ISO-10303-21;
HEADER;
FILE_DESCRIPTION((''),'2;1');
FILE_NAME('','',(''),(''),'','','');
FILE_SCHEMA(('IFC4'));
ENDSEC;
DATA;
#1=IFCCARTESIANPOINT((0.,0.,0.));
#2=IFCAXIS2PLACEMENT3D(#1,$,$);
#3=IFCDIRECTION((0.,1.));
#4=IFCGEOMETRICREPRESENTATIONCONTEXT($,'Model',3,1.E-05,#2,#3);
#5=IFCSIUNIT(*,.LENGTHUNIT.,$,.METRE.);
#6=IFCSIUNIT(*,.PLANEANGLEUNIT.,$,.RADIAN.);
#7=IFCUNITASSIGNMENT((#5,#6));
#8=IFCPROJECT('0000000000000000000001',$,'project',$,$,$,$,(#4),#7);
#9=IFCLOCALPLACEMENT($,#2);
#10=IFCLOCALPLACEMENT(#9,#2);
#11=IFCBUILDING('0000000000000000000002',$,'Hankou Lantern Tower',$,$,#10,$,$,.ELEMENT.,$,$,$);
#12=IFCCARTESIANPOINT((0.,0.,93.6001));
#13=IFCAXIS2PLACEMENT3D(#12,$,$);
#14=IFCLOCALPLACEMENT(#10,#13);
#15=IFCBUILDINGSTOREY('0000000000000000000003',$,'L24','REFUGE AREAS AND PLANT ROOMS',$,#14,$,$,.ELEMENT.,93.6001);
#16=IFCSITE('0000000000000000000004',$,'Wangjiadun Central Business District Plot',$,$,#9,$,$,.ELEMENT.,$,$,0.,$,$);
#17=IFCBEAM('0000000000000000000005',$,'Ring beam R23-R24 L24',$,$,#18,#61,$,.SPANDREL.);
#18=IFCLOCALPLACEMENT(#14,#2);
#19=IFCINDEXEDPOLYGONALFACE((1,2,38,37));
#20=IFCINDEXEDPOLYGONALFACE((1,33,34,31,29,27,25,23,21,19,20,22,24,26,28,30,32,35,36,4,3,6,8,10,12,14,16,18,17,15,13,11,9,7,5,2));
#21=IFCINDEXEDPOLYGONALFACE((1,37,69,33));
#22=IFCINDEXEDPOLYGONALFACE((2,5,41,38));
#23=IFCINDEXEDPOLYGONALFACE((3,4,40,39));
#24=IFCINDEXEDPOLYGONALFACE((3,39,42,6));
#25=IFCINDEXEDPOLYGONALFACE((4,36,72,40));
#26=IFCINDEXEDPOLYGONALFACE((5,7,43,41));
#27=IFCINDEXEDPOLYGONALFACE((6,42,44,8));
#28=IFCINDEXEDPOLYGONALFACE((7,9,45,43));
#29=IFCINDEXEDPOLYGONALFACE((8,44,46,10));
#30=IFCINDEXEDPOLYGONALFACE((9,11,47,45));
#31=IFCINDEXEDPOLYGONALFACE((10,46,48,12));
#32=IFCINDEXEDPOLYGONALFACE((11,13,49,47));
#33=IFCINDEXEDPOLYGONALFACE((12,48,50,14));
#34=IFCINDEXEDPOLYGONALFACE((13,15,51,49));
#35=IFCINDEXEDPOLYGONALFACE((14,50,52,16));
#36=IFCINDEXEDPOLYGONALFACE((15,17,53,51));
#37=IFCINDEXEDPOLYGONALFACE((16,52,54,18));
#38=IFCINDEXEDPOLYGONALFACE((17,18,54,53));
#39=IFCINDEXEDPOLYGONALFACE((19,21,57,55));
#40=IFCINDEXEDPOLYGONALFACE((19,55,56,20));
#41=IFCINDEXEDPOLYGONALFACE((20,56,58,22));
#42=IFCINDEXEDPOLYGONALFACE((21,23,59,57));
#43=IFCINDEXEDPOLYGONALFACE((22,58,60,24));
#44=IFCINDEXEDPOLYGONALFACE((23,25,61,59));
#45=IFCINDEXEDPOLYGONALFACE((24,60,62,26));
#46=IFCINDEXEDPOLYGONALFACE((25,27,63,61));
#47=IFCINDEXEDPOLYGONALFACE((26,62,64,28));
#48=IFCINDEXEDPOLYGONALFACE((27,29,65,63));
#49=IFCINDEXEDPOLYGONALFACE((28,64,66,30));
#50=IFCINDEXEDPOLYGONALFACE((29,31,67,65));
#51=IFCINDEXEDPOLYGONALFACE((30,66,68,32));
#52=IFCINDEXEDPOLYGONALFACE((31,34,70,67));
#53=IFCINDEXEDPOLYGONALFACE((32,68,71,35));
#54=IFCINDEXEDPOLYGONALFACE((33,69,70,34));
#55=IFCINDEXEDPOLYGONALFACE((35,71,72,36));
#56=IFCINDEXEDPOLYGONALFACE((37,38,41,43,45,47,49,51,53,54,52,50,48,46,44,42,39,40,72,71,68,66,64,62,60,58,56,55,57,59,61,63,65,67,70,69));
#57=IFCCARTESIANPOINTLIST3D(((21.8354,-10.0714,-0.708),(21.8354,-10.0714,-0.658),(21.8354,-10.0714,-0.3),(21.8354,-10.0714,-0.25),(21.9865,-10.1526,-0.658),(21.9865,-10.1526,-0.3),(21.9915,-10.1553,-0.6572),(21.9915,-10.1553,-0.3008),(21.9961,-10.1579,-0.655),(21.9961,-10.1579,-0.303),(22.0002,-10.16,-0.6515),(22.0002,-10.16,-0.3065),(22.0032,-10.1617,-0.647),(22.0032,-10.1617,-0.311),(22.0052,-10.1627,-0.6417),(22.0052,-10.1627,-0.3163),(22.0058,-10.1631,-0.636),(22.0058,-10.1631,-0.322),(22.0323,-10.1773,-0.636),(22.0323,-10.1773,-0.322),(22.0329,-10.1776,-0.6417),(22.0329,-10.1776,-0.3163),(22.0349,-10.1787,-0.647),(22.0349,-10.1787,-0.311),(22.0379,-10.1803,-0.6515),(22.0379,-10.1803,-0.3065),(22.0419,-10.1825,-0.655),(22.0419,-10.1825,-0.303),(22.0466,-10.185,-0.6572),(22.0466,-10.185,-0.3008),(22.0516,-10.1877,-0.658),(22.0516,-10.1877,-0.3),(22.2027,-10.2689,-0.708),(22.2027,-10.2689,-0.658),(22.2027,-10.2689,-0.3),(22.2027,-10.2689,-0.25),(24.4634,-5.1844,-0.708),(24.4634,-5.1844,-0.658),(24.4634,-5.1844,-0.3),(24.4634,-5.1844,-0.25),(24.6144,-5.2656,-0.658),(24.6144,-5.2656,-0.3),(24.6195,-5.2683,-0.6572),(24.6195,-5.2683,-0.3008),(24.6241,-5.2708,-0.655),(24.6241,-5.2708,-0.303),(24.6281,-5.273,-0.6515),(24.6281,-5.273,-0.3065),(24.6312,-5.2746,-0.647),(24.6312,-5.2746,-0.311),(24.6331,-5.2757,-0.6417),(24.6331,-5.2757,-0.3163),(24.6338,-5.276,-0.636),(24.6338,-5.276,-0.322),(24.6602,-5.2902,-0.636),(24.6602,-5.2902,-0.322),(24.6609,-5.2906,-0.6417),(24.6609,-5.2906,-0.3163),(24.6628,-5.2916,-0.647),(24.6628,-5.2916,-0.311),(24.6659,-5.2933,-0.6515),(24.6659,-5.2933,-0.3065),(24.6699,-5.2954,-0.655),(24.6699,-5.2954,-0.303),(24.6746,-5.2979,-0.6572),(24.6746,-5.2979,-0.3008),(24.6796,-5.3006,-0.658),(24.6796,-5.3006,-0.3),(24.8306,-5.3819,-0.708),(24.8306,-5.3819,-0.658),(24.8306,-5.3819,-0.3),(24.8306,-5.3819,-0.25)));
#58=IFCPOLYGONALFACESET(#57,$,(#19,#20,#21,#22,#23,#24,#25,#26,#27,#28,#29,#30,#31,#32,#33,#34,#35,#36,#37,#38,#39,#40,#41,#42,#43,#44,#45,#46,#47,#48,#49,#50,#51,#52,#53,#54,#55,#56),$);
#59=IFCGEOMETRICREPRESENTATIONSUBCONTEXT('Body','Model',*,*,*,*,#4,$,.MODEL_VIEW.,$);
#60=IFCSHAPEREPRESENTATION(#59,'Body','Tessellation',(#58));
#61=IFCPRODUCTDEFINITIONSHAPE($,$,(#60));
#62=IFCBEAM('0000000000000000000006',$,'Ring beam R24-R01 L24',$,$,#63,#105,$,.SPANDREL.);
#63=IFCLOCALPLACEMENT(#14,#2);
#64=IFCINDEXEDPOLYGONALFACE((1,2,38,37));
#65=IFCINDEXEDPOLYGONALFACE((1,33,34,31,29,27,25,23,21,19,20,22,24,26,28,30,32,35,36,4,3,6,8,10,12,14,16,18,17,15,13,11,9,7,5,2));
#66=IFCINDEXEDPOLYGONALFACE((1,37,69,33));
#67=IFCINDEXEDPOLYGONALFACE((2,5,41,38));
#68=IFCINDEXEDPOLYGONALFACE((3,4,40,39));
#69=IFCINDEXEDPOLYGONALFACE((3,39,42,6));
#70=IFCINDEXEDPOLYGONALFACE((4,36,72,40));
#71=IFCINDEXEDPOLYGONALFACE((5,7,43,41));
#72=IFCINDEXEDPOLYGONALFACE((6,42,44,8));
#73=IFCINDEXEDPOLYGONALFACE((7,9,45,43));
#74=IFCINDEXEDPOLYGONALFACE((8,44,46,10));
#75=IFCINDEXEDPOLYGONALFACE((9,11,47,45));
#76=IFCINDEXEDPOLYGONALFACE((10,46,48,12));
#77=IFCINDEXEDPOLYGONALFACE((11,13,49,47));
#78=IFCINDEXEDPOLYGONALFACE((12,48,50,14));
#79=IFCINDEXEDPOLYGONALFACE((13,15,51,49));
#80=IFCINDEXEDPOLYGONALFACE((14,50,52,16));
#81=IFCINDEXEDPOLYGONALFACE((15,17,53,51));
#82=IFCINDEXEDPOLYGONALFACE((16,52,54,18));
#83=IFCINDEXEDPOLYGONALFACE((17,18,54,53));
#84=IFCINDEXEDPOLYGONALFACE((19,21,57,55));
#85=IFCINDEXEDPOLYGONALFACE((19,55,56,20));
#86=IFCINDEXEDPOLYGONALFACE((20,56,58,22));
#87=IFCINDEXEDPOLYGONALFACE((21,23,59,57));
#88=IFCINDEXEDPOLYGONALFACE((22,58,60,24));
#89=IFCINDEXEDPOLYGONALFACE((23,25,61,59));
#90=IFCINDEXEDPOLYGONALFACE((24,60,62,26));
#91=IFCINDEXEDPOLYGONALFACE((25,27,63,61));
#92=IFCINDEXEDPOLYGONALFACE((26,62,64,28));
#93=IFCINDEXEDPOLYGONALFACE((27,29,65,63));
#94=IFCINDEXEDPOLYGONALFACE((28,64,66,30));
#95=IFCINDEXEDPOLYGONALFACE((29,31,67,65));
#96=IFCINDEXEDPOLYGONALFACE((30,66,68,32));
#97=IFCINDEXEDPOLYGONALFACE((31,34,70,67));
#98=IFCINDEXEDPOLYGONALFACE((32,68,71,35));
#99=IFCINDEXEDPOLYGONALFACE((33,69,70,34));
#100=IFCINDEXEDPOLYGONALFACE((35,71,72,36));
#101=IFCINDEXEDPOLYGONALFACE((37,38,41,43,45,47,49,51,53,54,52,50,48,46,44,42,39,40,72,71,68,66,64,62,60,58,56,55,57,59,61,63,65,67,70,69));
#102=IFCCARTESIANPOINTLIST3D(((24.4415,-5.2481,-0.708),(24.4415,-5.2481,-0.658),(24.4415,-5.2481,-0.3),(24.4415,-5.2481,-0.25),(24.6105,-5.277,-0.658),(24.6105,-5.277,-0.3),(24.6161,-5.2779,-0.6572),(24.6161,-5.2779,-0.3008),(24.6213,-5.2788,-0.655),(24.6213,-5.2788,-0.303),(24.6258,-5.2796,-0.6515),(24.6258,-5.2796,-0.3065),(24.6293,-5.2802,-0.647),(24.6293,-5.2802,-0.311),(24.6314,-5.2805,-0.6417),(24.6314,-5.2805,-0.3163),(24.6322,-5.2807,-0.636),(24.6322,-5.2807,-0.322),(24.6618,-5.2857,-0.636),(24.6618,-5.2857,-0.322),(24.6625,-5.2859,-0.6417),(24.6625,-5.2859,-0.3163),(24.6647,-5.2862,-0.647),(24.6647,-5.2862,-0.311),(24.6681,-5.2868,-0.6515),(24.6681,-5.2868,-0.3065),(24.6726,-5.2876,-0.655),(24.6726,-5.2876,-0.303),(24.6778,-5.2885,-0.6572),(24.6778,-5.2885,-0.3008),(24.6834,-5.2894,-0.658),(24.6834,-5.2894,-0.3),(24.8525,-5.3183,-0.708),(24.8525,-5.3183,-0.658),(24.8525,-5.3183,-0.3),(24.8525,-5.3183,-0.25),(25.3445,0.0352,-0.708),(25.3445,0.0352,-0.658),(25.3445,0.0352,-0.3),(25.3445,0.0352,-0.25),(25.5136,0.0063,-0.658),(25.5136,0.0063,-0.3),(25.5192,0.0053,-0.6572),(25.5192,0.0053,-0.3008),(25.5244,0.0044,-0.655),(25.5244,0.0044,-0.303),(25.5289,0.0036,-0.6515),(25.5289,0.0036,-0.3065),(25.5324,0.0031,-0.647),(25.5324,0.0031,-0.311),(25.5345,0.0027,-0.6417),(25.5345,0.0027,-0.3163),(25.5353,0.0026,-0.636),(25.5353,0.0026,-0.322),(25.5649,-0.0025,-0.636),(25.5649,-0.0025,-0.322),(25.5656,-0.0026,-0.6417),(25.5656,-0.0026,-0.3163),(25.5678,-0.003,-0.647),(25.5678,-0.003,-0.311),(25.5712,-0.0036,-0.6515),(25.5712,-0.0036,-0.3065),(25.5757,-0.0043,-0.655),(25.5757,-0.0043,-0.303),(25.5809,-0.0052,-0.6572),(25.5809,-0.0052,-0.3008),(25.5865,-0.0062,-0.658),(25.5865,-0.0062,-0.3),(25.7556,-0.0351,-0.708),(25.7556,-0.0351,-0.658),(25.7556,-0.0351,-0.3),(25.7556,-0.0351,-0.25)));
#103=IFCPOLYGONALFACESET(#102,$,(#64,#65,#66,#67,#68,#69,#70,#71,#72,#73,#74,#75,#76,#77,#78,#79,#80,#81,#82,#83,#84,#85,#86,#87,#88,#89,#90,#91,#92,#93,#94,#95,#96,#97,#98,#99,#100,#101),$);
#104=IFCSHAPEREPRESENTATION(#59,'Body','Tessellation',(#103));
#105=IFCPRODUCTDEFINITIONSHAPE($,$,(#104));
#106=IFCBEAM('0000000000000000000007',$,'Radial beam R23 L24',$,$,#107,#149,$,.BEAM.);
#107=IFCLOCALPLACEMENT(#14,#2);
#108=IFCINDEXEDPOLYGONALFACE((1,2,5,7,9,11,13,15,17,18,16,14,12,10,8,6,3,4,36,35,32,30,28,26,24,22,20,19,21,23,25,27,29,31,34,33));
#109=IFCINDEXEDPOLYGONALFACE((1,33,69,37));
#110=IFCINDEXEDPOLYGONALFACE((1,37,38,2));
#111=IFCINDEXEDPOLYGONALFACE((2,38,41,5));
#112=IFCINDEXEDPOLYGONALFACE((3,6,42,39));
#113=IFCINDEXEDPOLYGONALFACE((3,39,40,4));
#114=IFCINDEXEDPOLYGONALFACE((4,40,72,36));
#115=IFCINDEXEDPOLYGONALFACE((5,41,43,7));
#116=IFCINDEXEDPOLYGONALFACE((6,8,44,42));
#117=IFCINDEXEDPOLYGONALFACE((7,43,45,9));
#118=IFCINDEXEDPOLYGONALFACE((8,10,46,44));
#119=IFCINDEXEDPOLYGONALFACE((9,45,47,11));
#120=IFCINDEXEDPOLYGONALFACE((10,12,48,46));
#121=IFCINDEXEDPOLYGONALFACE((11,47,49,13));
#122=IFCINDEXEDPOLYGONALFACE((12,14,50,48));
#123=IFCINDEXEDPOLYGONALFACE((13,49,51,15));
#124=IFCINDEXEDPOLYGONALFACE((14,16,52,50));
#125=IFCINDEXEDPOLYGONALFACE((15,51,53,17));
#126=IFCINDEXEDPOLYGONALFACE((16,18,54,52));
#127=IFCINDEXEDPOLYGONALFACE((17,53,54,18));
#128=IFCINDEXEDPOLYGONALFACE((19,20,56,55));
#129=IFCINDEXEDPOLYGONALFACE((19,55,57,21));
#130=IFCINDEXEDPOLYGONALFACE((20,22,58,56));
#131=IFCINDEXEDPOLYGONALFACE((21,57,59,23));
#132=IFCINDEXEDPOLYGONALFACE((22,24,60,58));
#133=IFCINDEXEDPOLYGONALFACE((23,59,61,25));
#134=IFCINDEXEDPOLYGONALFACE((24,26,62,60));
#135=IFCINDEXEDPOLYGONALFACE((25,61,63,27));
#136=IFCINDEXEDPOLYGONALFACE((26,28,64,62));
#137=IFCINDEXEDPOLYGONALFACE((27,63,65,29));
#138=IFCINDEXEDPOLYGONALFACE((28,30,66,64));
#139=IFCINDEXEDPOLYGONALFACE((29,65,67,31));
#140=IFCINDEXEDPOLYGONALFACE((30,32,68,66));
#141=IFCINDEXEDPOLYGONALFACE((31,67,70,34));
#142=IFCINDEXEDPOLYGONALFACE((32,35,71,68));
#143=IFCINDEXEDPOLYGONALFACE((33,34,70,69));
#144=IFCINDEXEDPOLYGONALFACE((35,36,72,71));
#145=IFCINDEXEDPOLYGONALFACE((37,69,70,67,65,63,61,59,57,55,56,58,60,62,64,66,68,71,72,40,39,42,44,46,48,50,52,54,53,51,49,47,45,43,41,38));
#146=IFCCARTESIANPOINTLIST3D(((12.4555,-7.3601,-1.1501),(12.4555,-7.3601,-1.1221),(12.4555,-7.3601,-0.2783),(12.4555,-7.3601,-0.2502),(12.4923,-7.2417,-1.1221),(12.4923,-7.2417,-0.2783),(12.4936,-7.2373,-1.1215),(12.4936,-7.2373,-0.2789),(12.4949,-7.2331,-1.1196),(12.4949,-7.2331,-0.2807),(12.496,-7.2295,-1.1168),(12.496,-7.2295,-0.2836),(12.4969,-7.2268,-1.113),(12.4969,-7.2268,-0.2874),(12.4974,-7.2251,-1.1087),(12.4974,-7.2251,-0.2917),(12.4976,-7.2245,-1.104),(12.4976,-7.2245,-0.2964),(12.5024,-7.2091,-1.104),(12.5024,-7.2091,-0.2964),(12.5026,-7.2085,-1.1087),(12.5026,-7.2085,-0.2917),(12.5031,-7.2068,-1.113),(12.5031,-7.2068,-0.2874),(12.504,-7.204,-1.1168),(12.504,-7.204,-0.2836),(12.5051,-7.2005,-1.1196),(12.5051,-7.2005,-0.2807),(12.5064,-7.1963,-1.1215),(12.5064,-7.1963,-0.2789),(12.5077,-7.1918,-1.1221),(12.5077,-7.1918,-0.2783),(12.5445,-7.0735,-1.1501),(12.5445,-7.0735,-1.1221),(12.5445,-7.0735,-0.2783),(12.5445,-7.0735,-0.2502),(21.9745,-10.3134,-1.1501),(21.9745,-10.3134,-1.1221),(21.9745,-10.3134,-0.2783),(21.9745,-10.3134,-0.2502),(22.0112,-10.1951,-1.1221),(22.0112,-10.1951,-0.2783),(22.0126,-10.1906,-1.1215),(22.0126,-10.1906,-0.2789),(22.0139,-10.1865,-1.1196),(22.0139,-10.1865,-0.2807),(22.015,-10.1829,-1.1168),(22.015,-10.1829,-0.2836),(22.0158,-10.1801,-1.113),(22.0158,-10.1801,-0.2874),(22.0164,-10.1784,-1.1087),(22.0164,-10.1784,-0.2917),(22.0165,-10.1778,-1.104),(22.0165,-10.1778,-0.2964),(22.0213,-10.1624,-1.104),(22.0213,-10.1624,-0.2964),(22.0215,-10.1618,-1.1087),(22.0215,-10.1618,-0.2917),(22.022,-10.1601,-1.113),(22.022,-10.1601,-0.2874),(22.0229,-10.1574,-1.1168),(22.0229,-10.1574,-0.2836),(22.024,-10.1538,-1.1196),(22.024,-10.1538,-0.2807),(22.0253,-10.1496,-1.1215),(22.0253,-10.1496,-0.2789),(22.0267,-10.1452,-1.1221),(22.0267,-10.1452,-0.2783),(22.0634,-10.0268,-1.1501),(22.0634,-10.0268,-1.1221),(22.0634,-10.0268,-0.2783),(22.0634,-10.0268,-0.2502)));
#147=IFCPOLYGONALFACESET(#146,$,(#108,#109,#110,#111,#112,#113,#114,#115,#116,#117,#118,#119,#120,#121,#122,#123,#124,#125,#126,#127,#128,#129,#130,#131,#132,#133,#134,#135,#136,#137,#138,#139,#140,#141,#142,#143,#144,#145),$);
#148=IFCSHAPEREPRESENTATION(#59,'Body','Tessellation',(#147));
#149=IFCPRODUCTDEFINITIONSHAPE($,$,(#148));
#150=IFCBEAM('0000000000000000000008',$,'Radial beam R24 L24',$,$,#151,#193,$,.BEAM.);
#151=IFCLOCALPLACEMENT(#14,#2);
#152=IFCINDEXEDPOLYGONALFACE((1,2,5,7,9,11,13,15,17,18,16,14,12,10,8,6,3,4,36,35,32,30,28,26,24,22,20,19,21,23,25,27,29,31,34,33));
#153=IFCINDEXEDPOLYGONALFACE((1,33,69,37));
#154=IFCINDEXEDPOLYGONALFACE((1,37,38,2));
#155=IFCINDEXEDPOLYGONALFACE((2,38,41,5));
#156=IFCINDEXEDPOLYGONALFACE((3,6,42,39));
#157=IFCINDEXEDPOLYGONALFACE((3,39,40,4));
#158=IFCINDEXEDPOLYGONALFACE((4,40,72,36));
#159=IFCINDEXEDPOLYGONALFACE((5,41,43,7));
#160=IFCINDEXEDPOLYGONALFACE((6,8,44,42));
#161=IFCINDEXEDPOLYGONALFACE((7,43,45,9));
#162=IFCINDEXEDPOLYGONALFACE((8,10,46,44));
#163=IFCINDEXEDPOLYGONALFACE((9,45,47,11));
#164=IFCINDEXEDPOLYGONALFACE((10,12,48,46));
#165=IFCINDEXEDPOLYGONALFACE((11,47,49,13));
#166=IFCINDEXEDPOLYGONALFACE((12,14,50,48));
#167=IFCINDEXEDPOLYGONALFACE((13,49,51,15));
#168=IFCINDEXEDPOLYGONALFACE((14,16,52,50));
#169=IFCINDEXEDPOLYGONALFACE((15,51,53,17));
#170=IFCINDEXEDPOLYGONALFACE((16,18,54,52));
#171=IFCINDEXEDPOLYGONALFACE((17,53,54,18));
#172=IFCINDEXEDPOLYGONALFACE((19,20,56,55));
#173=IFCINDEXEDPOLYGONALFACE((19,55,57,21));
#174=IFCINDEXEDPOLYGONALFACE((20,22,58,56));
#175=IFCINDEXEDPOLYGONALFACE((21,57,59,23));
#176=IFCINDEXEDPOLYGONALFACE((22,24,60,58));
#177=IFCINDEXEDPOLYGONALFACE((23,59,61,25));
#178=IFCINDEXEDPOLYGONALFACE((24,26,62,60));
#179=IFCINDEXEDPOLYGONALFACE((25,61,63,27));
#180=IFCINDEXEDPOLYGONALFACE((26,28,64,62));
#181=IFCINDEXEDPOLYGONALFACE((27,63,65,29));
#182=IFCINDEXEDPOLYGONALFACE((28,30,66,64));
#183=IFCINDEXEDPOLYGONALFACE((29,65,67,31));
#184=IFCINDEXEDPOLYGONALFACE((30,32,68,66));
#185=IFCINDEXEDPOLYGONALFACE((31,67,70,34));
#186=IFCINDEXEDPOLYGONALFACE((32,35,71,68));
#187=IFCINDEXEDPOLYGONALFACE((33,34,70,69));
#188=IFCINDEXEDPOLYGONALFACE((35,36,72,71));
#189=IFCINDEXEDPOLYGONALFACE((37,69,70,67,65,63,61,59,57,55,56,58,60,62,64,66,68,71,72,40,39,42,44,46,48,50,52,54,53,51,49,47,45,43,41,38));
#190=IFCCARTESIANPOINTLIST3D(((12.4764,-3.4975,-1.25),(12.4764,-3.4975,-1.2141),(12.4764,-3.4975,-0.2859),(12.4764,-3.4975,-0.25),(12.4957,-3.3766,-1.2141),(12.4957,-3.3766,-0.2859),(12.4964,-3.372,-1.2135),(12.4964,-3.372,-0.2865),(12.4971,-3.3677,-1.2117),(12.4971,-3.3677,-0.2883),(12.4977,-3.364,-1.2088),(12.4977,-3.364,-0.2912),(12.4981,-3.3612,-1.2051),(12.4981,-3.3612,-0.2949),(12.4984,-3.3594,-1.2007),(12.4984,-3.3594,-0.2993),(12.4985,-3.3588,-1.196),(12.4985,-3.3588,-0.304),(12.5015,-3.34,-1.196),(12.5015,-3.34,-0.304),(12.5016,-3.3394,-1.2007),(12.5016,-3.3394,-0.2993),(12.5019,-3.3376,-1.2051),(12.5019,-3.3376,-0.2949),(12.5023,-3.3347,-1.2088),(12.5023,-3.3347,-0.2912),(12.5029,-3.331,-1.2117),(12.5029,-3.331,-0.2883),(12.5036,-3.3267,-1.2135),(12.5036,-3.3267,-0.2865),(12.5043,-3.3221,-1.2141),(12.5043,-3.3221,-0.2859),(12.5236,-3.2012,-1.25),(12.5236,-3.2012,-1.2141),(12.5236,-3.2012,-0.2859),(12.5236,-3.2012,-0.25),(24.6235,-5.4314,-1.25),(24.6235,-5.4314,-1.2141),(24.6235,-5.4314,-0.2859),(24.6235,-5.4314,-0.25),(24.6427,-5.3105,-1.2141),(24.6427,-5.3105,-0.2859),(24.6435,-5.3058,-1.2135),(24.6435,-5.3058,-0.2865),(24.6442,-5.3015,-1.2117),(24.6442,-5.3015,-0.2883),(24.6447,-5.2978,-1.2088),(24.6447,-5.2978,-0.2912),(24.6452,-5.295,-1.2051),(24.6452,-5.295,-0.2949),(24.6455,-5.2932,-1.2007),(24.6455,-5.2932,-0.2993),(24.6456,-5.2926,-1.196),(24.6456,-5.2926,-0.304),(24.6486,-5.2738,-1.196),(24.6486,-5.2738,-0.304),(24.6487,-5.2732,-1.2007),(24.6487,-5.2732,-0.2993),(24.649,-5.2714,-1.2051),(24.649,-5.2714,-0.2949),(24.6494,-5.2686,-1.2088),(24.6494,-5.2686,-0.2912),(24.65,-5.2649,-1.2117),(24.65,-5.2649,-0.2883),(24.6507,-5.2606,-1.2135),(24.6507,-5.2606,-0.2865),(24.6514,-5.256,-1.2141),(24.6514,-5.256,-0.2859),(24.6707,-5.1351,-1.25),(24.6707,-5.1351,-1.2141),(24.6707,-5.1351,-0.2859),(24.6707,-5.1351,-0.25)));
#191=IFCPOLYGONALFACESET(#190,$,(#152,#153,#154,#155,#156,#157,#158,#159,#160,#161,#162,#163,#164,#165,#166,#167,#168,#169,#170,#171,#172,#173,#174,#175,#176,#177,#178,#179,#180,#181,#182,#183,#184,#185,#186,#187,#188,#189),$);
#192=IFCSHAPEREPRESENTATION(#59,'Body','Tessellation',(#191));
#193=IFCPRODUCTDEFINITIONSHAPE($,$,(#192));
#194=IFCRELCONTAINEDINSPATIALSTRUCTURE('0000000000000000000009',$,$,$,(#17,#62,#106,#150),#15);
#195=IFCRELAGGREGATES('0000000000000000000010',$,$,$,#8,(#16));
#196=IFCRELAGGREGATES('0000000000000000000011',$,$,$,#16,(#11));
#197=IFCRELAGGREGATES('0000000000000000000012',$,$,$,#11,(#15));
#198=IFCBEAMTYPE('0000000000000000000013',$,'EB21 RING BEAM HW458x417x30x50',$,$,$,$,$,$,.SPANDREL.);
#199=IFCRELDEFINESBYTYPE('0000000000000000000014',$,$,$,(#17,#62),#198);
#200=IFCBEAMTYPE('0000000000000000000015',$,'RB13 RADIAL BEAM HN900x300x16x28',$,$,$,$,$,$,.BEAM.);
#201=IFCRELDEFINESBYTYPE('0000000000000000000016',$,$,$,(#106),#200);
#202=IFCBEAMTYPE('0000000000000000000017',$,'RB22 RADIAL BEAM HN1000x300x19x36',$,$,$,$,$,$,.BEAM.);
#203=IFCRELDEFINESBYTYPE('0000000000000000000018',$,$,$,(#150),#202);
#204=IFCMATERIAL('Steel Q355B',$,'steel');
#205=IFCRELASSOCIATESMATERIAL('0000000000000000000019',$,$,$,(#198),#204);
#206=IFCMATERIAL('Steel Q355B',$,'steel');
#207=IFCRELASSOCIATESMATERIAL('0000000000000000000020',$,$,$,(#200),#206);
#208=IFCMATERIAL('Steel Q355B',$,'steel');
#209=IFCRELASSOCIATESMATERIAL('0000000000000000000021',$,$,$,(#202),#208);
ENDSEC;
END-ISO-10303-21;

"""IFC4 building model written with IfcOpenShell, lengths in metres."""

from ifc_helpers import new_model, si_unit, direction, frame, origin, origin_2d, place, context, subcontext, project, spatial, i_section, extrude, material, material_profile, profile_set, type_object, element, save


model = new_model("IFC4")

# Units and contexts
model_context = context("Model", 3, precision=1e-05, world=origin(), true_north=direction((0.0, 1.0)))
body_context = subcontext(model_context, "Body", "Model", "MODEL_VIEW")
ifc_project = project(units=[si_unit("LENGTHUNIT", "METRE"), si_unit("PLANEANGLEUNIT", "RADIAN")], contexts=[model_context])

# Site, building, storey
site_placement = place(None, origin())
site = spatial("IfcSite", under=ifc_project, at=site_placement, Name="Wangjiadun Central Business District Plot", CompositionType="ELEMENT", RefElevation=0.0)
building_placement = place(site_placement, origin())
building = spatial("IfcBuilding", under=site, at=building_placement, Name="Hankou Lantern Tower", CompositionType="ELEMENT")
storey_placement = place(building_placement, frame((0.0, 0.0, 93.6001)))
storey = spatial("IfcBuildingStorey", under=building, at=storey_placement, Name="L24", Description="REFUGE AREAS AND PLANT ROOMS", CompositionType="ELEMENT", Elevation=93.6001)

# Beams
ifc_material_1 = material(Name="Steel Q355B", Category="steel")
ifc_material_profile_1 = material_profile(ifc_material_1, i_section(OverallWidth=0.417, OverallDepth=0.458, WebThickness=0.03, FlangeThickness=0.05, FilletRadius=0.022, at=origin_2d()), Name="HW458x417x30x50")
ifc_profile_set_1 = profile_set([ifc_material_profile_1], Name="Steel Q355B")
beam_type_1 = type_object("IfcBeamType", Name="EB21 RING BEAM HW458x417x30x50", PredefinedType="SPANDREL", material=ifc_profile_set_1)
beam_1_placement = place(storey_placement, frame((22.019, -10.1702, -0.479), z_axis=(0.473609, 0.880735, 0.0), x_axis=(-0.880735, 0.473609, 0.0)))
element("IfcBeam", 1, at=beam_1_placement, inside=storey, type_object=beam_type_1, Name="Ring beam R23-R24 L24", PredefinedType="SPANDREL", context=body_context, shape_type="SweptSolid", body=[
    extrude(i_section(OverallWidth=0.417, OverallDepth=0.458, WebThickness=0.03, FlangeThickness=0.05, FilletRadius=0.022, at=origin_2d()), origin(), (0.0, 0.0, 1.0), 5.5488),
])
beam_2_placement = place(storey_placement, frame((24.647, -5.2832, -0.479), z_axis=(0.16849, 0.985703, 0.0), x_axis=(-0.985703, 0.16849, 0.0)))
element("IfcBeam", 2, at=beam_2_placement, inside=storey, type_object=beam_type_1, Name="Ring beam R24-R01 L24", PredefinedType="SPANDREL", context=body_context, shape_type="SweptSolid", body=[
    extrude(i_section(OverallWidth=0.417, OverallDepth=0.458, WebThickness=0.03, FlangeThickness=0.05, FilletRadius=0.022, at=origin_2d()), origin(), (0.0, 0.0, 1.0), 5.3599),
])
ifc_material_2 = material(Name="Steel Q355B", Category="steel")
ifc_material_profile_2 = material_profile(ifc_material_2, i_section(OverallWidth=0.3, OverallDepth=0.8999, WebThickness=0.0161, FlangeThickness=0.0281, FilletRadius=0.0181, at=origin_2d()), Name="HN900x300x16x28")
ifc_profile_set_2 = profile_set([ifc_material_profile_2], Name="Steel Q355B")
beam_type_2 = type_object("IfcBeamType", Name="RB13 RADIAL BEAM HN900x300x16x28", PredefinedType="BEAM", material=ifc_profile_set_2)
beam_3_placement = place(storey_placement, frame((12.5, -7.2168, -0.7002), z_axis=(0.955087, -0.296324, 0.0), x_axis=(0.296324, 0.955087, 0.0)))
element("IfcBeam", 3, at=beam_3_placement, inside=storey, type_object=beam_type_2, Name="Radial beam R23 L24", PredefinedType="BEAM", context=body_context, shape_type="SweptSolid", body=[
    extrude(i_section(OverallWidth=0.3, OverallDepth=0.8999, WebThickness=0.0161, FlangeThickness=0.0281, FilletRadius=0.0181, at=origin_2d()), origin(), (0.0, 0.0, 1.0), 9.9666),
])
ifc_material_3 = material(Name="Steel Q355B", Category="steel")
ifc_material_profile_3 = material_profile(ifc_material_3, i_section(OverallWidth=0.3, OverallDepth=1.0, WebThickness=0.019, FlangeThickness=0.0359, FilletRadius=0.0181, at=origin_2d()), Name="HN1000x300x19x36")
ifc_profile_set_3 = profile_set([ifc_material_profile_3], Name="Steel Q355B")
beam_type_3 = type_object("IfcBeamType", Name="RB22 RADIAL BEAM HN1000x300x19x36", PredefinedType="BEAM", material=ifc_profile_set_3)
beam_4_placement = place(storey_placement, frame((12.5, -3.3494, -0.75), z_axis=(0.987563, -0.157223, 0.0), x_axis=(0.157223, 0.987563, 0.0)))
element("IfcBeam", 4, at=beam_4_placement, inside=storey, type_object=beam_type_3, Name="Radial beam R24 L24", PredefinedType="BEAM", context=body_context, shape_type="SweptSolid", body=[
    extrude(i_section(OverallWidth=0.3, OverallDepth=1.0, WebThickness=0.019, FlangeThickness=0.0359, FilletRadius=0.0181, at=origin_2d()), origin(), (0.0, 0.0, 1.0), 12.3),
])

save(model, "model.ifc")
